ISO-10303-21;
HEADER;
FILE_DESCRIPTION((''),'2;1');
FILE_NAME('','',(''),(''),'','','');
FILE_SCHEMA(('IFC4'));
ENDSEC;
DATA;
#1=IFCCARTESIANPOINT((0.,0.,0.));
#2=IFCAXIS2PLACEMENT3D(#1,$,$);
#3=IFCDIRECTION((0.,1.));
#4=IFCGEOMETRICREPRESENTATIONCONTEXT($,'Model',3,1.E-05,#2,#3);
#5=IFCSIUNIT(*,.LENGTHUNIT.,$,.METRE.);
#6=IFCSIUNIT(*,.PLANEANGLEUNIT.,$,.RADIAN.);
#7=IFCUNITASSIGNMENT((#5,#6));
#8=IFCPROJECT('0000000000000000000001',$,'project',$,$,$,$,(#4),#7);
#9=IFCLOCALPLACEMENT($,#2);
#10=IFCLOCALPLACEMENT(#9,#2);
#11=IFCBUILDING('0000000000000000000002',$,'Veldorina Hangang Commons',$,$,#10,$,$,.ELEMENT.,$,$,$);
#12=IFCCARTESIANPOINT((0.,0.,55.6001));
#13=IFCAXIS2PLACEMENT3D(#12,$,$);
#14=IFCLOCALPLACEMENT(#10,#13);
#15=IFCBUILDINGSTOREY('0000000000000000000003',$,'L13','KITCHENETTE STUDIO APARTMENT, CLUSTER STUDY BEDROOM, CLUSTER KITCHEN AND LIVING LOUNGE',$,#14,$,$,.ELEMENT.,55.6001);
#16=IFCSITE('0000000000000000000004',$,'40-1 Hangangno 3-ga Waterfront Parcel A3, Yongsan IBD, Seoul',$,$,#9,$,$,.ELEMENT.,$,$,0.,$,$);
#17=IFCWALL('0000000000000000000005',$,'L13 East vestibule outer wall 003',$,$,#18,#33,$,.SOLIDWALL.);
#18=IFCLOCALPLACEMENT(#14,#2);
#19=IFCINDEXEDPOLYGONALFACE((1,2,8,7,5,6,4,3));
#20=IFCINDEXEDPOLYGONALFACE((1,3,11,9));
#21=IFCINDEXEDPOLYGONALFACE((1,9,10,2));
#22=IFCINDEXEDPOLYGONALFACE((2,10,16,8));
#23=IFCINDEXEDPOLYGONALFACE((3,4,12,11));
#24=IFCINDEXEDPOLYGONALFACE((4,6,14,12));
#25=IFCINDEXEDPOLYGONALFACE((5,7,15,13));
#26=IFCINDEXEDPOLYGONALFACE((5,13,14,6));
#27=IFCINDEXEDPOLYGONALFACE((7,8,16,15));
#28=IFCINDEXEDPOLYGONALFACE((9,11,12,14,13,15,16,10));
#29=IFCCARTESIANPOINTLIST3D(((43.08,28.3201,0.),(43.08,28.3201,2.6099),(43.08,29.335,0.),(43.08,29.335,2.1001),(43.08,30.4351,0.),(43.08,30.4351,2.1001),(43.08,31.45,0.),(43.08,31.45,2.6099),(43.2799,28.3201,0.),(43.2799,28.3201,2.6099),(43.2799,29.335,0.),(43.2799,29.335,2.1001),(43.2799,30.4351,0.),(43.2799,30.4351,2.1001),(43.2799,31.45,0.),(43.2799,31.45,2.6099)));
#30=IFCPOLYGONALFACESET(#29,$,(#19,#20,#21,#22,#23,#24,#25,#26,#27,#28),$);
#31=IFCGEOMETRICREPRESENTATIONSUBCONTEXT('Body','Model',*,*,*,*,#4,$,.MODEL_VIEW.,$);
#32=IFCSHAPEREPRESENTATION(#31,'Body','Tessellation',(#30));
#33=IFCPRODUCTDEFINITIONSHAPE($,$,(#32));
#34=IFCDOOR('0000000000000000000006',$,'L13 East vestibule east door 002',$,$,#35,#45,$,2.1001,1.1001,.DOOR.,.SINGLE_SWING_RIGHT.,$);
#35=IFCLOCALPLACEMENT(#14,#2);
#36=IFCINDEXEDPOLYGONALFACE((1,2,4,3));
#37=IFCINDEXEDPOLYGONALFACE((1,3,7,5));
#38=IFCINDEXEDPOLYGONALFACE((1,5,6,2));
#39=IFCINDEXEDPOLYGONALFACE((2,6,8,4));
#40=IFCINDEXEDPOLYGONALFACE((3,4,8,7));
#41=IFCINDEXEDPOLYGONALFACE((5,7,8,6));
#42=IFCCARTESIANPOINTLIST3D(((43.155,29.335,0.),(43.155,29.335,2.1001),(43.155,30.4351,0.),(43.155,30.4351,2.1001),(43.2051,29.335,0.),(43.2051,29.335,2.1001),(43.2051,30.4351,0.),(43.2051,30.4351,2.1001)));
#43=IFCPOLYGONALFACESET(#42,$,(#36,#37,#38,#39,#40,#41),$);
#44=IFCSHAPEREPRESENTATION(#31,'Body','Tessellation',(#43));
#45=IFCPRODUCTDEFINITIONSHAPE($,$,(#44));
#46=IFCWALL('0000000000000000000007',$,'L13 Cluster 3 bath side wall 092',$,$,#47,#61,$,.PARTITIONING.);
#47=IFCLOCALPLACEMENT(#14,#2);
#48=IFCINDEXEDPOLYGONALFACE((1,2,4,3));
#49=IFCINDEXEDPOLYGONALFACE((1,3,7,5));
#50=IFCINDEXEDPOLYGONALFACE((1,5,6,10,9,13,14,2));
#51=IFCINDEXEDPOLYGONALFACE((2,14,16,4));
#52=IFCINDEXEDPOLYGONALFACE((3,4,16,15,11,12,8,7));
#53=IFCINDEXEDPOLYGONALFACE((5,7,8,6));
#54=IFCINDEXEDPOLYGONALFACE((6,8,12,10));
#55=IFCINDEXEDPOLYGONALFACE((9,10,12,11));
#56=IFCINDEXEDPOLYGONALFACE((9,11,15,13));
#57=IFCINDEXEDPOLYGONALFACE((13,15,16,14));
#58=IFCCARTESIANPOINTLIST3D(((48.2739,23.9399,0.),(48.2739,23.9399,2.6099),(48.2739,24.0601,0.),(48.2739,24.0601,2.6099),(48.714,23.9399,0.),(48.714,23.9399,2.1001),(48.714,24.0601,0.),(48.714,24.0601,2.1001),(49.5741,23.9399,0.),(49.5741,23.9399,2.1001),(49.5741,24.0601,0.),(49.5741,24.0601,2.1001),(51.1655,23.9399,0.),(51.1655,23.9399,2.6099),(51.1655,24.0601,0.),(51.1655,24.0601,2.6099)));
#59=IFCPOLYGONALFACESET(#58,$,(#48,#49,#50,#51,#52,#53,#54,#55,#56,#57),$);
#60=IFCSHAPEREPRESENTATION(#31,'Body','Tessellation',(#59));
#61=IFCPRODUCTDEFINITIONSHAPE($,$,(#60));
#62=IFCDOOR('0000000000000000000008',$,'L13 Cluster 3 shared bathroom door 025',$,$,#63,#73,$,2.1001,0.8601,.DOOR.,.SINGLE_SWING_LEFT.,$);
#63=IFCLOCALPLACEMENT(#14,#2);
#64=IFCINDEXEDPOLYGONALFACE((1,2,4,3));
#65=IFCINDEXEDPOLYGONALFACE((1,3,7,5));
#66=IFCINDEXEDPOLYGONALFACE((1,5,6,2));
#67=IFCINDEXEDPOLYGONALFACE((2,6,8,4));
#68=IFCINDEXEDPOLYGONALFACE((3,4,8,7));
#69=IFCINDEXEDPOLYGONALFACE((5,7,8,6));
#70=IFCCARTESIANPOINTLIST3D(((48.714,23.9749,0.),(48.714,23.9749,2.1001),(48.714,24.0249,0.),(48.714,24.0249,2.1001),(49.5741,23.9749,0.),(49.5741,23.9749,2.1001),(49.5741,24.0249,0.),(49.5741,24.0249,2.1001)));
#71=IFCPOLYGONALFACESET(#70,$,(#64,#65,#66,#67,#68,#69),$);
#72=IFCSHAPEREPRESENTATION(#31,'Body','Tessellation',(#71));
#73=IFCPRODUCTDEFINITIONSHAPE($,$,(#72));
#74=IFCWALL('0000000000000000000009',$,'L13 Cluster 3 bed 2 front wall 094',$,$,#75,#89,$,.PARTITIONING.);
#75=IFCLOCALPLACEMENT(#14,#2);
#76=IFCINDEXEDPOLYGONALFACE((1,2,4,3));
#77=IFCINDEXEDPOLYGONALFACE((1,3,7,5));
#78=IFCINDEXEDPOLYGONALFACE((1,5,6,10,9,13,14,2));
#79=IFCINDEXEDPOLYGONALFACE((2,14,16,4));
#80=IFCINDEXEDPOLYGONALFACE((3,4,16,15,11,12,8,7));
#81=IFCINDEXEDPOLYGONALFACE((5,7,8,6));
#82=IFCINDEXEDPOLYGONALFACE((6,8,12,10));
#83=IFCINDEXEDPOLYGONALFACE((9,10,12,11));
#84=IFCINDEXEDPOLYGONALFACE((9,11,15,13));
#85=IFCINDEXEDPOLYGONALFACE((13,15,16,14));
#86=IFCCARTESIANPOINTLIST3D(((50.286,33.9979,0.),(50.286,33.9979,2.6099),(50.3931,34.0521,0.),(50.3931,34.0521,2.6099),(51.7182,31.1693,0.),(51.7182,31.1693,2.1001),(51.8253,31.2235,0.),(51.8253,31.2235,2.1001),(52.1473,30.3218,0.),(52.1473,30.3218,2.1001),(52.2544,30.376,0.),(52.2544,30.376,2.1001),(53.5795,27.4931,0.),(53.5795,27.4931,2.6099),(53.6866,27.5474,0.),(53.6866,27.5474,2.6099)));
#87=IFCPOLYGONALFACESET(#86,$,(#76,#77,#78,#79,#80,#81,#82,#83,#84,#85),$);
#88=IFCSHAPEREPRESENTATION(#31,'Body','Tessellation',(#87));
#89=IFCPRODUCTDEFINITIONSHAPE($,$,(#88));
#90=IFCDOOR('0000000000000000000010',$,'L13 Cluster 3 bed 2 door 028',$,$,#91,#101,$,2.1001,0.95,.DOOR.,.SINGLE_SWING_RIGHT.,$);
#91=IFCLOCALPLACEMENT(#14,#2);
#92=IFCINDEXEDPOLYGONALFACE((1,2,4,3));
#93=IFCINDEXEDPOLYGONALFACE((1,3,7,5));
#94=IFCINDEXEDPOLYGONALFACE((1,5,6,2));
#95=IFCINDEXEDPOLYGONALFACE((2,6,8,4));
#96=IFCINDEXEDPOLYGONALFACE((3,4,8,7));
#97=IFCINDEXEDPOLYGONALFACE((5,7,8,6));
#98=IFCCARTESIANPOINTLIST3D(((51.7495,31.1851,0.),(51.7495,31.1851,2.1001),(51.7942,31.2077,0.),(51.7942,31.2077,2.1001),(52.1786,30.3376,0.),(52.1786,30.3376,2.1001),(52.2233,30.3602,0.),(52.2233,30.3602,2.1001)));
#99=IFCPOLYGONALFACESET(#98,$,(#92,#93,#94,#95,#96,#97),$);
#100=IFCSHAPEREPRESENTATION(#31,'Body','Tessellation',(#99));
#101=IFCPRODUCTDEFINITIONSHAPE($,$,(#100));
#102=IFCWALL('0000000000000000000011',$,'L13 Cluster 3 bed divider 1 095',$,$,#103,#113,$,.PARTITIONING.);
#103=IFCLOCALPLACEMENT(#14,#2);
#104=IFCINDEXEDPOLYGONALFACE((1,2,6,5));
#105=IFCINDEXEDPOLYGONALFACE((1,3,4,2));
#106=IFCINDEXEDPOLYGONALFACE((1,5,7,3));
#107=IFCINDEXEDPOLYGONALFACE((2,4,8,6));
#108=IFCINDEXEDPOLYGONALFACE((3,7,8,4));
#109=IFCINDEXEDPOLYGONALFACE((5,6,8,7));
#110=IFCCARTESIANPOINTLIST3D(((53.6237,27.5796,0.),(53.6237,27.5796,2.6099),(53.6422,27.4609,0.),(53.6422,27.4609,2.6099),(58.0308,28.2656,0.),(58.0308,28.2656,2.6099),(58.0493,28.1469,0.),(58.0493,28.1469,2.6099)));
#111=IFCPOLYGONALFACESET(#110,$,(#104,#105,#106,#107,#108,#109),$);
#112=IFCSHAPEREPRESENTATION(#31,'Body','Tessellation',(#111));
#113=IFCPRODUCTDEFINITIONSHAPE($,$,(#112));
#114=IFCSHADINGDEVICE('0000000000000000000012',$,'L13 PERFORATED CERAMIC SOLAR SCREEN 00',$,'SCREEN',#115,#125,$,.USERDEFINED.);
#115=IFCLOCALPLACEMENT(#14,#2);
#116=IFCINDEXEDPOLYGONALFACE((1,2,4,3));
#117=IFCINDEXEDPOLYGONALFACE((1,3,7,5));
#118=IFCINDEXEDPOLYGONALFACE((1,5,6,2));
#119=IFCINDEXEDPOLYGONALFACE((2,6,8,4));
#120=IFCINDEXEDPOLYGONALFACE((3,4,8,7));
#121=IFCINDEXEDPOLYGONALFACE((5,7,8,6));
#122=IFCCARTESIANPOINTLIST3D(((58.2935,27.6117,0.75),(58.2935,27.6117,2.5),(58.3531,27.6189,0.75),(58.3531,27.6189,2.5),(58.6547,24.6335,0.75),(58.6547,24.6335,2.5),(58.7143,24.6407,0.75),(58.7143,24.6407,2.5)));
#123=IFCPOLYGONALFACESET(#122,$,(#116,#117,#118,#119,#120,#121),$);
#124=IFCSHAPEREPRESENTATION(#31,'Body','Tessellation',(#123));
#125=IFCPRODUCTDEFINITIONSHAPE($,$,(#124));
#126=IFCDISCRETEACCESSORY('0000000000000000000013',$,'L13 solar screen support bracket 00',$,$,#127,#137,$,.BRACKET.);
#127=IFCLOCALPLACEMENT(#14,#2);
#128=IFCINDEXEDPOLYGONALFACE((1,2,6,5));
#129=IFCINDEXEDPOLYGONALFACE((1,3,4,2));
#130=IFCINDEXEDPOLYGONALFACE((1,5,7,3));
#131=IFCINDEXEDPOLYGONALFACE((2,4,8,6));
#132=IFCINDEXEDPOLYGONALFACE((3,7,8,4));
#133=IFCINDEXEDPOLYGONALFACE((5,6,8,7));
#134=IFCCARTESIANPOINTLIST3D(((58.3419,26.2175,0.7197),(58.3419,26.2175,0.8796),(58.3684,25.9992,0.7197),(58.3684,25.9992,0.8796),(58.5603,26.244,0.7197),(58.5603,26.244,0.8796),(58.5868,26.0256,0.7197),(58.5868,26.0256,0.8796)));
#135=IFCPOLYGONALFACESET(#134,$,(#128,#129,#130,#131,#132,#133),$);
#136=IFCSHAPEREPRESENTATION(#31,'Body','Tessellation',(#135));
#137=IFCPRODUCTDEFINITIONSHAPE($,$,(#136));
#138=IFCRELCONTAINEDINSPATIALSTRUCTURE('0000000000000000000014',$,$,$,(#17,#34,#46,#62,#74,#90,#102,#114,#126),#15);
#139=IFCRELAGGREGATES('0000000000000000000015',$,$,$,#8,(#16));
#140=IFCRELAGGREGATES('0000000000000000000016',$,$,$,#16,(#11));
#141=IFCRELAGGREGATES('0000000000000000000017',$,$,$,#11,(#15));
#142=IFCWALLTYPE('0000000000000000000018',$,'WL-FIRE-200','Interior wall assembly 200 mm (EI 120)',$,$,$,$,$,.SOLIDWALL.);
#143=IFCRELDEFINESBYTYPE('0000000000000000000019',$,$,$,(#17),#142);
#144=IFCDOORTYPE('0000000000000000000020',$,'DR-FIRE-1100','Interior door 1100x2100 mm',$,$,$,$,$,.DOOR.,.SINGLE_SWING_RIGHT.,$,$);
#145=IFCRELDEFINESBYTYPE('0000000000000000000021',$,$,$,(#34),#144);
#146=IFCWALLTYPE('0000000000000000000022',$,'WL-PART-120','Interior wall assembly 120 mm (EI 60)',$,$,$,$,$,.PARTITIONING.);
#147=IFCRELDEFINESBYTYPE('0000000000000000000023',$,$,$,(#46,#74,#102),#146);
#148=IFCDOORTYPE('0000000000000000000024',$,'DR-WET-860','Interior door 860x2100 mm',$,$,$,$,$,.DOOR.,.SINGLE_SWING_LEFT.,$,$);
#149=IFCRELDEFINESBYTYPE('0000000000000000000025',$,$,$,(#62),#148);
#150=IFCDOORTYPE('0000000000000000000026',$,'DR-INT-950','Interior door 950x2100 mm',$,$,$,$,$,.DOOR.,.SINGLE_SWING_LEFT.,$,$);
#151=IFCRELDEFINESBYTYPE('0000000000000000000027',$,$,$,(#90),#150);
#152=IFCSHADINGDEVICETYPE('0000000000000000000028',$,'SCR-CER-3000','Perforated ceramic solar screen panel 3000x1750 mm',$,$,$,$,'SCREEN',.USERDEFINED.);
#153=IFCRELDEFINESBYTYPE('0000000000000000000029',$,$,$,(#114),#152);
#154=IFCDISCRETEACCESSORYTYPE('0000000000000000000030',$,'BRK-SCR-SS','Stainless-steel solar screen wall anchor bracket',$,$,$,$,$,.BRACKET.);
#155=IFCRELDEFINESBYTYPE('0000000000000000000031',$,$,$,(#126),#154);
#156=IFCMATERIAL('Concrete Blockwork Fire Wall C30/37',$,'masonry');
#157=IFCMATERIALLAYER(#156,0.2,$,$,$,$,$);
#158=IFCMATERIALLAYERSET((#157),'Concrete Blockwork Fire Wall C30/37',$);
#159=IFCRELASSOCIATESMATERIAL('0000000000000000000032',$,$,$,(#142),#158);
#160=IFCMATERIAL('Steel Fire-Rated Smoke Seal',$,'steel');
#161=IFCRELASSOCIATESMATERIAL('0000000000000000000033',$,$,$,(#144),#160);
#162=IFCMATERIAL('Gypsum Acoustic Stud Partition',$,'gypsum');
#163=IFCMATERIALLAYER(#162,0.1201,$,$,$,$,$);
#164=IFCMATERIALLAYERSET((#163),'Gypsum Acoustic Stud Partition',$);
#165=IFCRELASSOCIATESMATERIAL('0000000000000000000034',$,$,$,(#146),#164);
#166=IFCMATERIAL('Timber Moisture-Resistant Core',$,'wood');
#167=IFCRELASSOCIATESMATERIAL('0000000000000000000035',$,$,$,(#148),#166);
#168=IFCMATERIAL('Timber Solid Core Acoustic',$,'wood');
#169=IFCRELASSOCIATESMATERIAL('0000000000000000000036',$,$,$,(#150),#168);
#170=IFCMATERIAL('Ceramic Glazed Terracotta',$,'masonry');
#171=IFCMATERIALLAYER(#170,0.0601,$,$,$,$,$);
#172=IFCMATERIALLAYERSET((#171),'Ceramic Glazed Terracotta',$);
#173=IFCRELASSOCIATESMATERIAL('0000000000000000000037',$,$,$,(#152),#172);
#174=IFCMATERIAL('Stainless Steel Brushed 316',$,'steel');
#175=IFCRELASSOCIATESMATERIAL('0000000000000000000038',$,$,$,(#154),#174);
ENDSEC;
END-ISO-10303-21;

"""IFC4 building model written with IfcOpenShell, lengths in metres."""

from ifc_helpers import new_model, si_unit, direction, frame, frame_2d, origin, origin_2d, place, context, subcontext, project, spatial, rectangle, extrude, material, layer, layer_set, type_object, element, fill, save


model = new_model("IFC4")

# Units and contexts
model_context = context("Model", 3, precision=1e-05, world=origin(), true_north=direction((0.0, 1.0)))
body_context = subcontext(model_context, "Body", "Model", "MODEL_VIEW")
ifc_project = project(units=[si_unit("LENGTHUNIT", "METRE"), si_unit("PLANEANGLEUNIT", "RADIAN")], contexts=[model_context])

# Site, building, storey
site_placement = place(None, origin())
site = spatial("IfcSite", under=ifc_project, at=site_placement, Name="40-1 Hangangno 3-ga Waterfront Parcel A3, Yongsan IBD, Seoul", CompositionType="ELEMENT", RefElevation=0.0)
building_placement = place(site_placement, origin())
building = spatial("IfcBuilding", under=site, at=building_placement, Name="Veldorina Hangang Commons", CompositionType="ELEMENT")
storey_placement = place(building_placement, frame((0.0, 0.0, 55.6001)))
storey = spatial("IfcBuildingStorey", under=building, at=storey_placement, Name="L13", Description="KITCHENETTE STUDIO APARTMENT, CLUSTER STUDY BEDROOM, CLUSTER KITCHEN AND LIVING LOUNGE", CompositionType="ELEMENT", Elevation=55.6001)

# Walls, openings, doors
ifc_material_1 = material(Name="Concrete Blockwork Fire Wall C30/37", Category="masonry")
ifc_layer_1 = layer(ifc_material_1, 0.2)
ifc_layer_set_1 = layer_set([ifc_layer_1], Name="Concrete Blockwork Fire Wall C30/37")
wall_type_1 = type_object("IfcWallType", Name="WL-FIRE-200", Description="Interior wall assembly 200 mm (EI 120)", PredefinedType="SOLIDWALL", material=ifc_layer_set_1)
wall_1_placement = place(storey_placement, frame((43.1799, 28.3201, 0.0), z_axis=(0.0, 0.0, 1.0), x_axis=(0.0, 1.0, 0.0)))
wall_1 = element("IfcWall", 1, at=wall_1_placement, inside=storey, type_object=wall_type_1, Name="L13 East vestibule outer wall 003", PredefinedType="SOLIDWALL", context=body_context, shape_type="SweptSolid", body=[
    extrude(rectangle(XDim=3.1299, YDim=0.2, at=frame_2d((1.5649, 0.0))), origin(), (0.0, 0.0, 1.0), 2.6099),
])
opening_1_placement = place(wall_1_placement, frame((1.0149, 0.0, 0.0)))
opening_1 = element("IfcOpeningElement", 2, at=opening_1_placement, cuts=wall_1, PredefinedType="OPENING", context=body_context, shape_type="SweptSolid", body=[
    extrude(rectangle(XDim=1.1001, YDim=2.1001, at=frame_2d((0.55, 1.05))), frame((0.0, 0.1099, 0.0), z_axis=(0.0, -1.0, 0.0), x_axis=(1.0, 0.0, 0.0)), (0.0, 0.0, 1.0), 0.22),
])
ifc_material_2 = material(Name="Steel Fire-Rated Smoke Seal", Category="steel")
door_type_1 = type_object("IfcDoorType", Name="DR-FIRE-1100", Description="Interior door 1100x2100 mm", OperationType="SINGLE_SWING_RIGHT", PredefinedType="DOOR", material=ifc_material_2)
door_1_placement = place(opening_1_placement, origin())
door_1 = element("IfcDoor", 3, at=door_1_placement, inside=storey, type_object=door_type_1, Name="L13 East vestibule east door 002", OperationType="SINGLE_SWING_RIGHT", OverallHeight=2.1001, OverallWidth=1.1001, PredefinedType="DOOR", context=body_context, shape_type="SweptSolid", body=[
    extrude(rectangle(XDim=1.1001, YDim=2.1001, at=frame_2d((0.55, 1.05))), frame((0.0, 0.0249, 0.0), z_axis=(0.0, -1.0, 0.0), x_axis=(1.0, 0.0, 0.0)), (0.0, 0.0, 1.0), 0.05),
])
fill(opening_1, door_1)
ifc_material_3 = material(Name="Gypsum Acoustic Stud Partition", Category="gypsum")
ifc_layer_2 = layer(ifc_material_3, 0.1201)
ifc_layer_set_2 = layer_set([ifc_layer_2], Name="Gypsum Acoustic Stud Partition")
wall_type_2 = type_object("IfcWallType", Name="WL-PART-120", Description="Interior wall assembly 120 mm (EI 60)", PredefinedType="PARTITIONING", material=ifc_layer_set_2)
wall_2_placement = place(storey_placement, frame((48.2739, 24.0, 0.0), z_axis=(0.0, 0.0, 1.0), x_axis=(1.0, 0.0, 0.0)))
wall_2 = element("IfcWall", 4, at=wall_2_placement, inside=storey, type_object=wall_type_2, Name="L13 Cluster 3 bath side wall 092", PredefinedType="PARTITIONING", context=body_context, shape_type="SweptSolid", body=[
    extrude(rectangle(XDim=2.8916, YDim=0.1201, at=frame_2d((1.4458, 0.0))), origin(), (0.0, 0.0, 1.0), 2.6099),
])
opening_2_placement = place(wall_2_placement, frame((0.4399, 0.0, 0.0)))
opening_2 = element("IfcOpeningElement", 5, at=opening_2_placement, cuts=wall_2, PredefinedType="OPENING", context=body_context, shape_type="SweptSolid", body=[
    extrude(rectangle(XDim=0.8601, YDim=2.1001, at=frame_2d((0.4302, 1.05))), frame((0.0, 0.0701, 0.0), z_axis=(0.0, -1.0, 0.0), x_axis=(1.0, 0.0, 0.0)), (0.0, 0.0, 1.0), 0.1401),
])
ifc_material_4 = material(Name="Timber Moisture-Resistant Core", Category="wood")
door_type_2 = type_object("IfcDoorType", Name="DR-WET-860", Description="Interior door 860x2100 mm", OperationType="SINGLE_SWING_LEFT", PredefinedType="DOOR", material=ifc_material_4)
door_2_placement = place(opening_2_placement, origin())
door_2 = element("IfcDoor", 6, at=door_2_placement, inside=storey, type_object=door_type_2, Name="L13 Cluster 3 shared bathroom door 025", OperationType="SINGLE_SWING_LEFT", OverallHeight=2.1001, OverallWidth=0.8601, PredefinedType="DOOR", context=body_context, shape_type="SweptSolid", body=[
    extrude(rectangle(XDim=0.8601, YDim=2.1001, at=frame_2d((0.4302, 1.05))), frame((0.0, 0.0249, 0.0), z_axis=(0.0, -1.0, 0.0), x_axis=(1.0, 0.0, 0.0)), (0.0, 0.0, 1.0), 0.05),
])
fill(opening_2, door_2)
wall_3_placement = place(storey_placement, frame((53.6331, 27.5203, 0.0), z_axis=(0.0, 0.0, 1.0), x_axis=(-0.451722, 0.892159, 0.0)))
wall_3 = element("IfcWall", 7, at=wall_3_placement, inside=storey, type_object=wall_type_2, Name="L13 Cluster 3 bed 2 front wall 094", PredefinedType="PARTITIONING", context=body_context, shape_type="SweptSolid", body=[
    extrude(rectangle(XDim=7.291, YDim=0.1201, at=frame_2d((3.6455, 0.0))), origin(), (0.0, 0.0, 1.0), 2.6099),
])
opening_3_placement = place(wall_3_placement, frame((3.1704, 0.0, 0.0)))
opening_3 = element("IfcOpeningElement", 8, at=opening_3_placement, cuts=wall_3, PredefinedType="OPENING", context=body_context, shape_type="SweptSolid", body=[
    extrude(rectangle(XDim=0.95, YDim=2.1001, at=frame_2d((0.4751, 1.05))), frame((0.0, 0.0701, 0.0), z_axis=(0.0, -1.0, 0.0), x_axis=(1.0, 0.0, 0.0)), (0.0, 0.0, 1.0), 0.1401),
])
ifc_material_5 = material(Name="Timber Solid Core Acoustic", Category="wood")
door_type_3 = type_object("IfcDoorType", Name="DR-INT-950", Description="Interior door 950x2100 mm", OperationType="SINGLE_SWING_LEFT", PredefinedType="DOOR", material=ifc_material_5)
door_3_placement = place(opening_3_placement, origin())
door_3 = element("IfcDoor", 9, at=door_3_placement, inside=storey, type_object=door_type_3, Name="L13 Cluster 3 bed 2 door 028", OperationType="SINGLE_SWING_RIGHT", OverallHeight=2.1001, OverallWidth=0.95, PredefinedType="DOOR", context=body_context, shape_type="SweptSolid", body=[
    extrude(rectangle(XDim=0.95, YDim=2.1001, at=frame_2d((0.4751, 1.05))), frame((0.0, 0.0249, 0.0), z_axis=(0.0, -1.0, 0.0), x_axis=(1.0, 0.0, 0.0)), (0.0, 0.0, 1.0), 0.05),
])
fill(opening_3, door_3)

# Wall
wall_4_placement = place(storey_placement, frame((53.6331, 27.5203, 0.0), z_axis=(0.0, 0.0, 1.0), x_axis=(0.988101, 0.153809, 0.0)))
element("IfcWall", 10, at=wall_4_placement, inside=storey, type_object=wall_type_2, Name="L13 Cluster 3 bed divider 1 095", PredefinedType="PARTITIONING", context=body_context, shape_type="SweptSolid", body=[
    extrude(rectangle(XDim=4.4602, YDim=0.1201, at=frame_2d((2.23, 0.0))), origin(), (0.0, 0.0, 1.0), 2.6099),
])

# Shading device
ifc_material_6 = material(Name="Ceramic Glazed Terracotta", Category="masonry")
ifc_layer_3 = layer(ifc_material_6, 0.0601)
ifc_layer_set_3 = layer_set([ifc_layer_3], Name="Ceramic Glazed Terracotta")
shading_device_type = type_object("IfcShadingDeviceType", Name="SCR-CER-3000", Description="Perforated ceramic solar screen panel 3000x1750 mm", ElementType="SCREEN", PredefinedType="USERDEFINED", material=ifc_layer_set_3)
shading_device_placement = place(storey_placement, frame((58.5039, 26.1262, 0.75), z_axis=(0.0, 0.0, 1.0), x_axis=(-0.120397, 0.992726, 0.0)))
element("IfcShadingDevice", 11, at=shading_device_placement, inside=storey, type_object=shading_device_type, Name="L13 PERFORATED CERAMIC SOLAR SCREEN 00", ObjectType="SCREEN", PredefinedType="USERDEFINED", context=body_context, shape_type="SweptSolid", body=[
    extrude(rectangle(XDim=3.0, YDim=0.0601, at=origin_2d()), origin(), (0.0, 0.0, 1.0), 1.75),
])

# Discrete accessory
ifc_material_7 = material(Name="Stainless Steel Brushed 316", Category="steel")
discrete_accessory_type = type_object("IfcDiscreteAccessoryType", Name="BRK-SCR-SS", Description="Stainless-steel solar screen wall anchor bracket", PredefinedType="BRACKET", material=ifc_material_7)
discrete_accessory_placement = place(storey_placement, frame((58.4644, 26.1216, 0.7197), z_axis=(0.0, 0.0, 1.0), x_axis=(-0.120397, 0.992726, 0.0)))
element("IfcDiscreteAccessory", 12, at=discrete_accessory_placement, inside=storey, type_object=discrete_accessory_type, Name="L13 solar screen support bracket 00", PredefinedType="BRACKET", context=body_context, shape_type="SweptSolid", body=[
    extrude(rectangle(XDim=0.22, YDim=0.22, at=origin_2d()), origin(), (0.0, 0.0, 1.0), 0.1599),
])

save(model, "model.ifc")
